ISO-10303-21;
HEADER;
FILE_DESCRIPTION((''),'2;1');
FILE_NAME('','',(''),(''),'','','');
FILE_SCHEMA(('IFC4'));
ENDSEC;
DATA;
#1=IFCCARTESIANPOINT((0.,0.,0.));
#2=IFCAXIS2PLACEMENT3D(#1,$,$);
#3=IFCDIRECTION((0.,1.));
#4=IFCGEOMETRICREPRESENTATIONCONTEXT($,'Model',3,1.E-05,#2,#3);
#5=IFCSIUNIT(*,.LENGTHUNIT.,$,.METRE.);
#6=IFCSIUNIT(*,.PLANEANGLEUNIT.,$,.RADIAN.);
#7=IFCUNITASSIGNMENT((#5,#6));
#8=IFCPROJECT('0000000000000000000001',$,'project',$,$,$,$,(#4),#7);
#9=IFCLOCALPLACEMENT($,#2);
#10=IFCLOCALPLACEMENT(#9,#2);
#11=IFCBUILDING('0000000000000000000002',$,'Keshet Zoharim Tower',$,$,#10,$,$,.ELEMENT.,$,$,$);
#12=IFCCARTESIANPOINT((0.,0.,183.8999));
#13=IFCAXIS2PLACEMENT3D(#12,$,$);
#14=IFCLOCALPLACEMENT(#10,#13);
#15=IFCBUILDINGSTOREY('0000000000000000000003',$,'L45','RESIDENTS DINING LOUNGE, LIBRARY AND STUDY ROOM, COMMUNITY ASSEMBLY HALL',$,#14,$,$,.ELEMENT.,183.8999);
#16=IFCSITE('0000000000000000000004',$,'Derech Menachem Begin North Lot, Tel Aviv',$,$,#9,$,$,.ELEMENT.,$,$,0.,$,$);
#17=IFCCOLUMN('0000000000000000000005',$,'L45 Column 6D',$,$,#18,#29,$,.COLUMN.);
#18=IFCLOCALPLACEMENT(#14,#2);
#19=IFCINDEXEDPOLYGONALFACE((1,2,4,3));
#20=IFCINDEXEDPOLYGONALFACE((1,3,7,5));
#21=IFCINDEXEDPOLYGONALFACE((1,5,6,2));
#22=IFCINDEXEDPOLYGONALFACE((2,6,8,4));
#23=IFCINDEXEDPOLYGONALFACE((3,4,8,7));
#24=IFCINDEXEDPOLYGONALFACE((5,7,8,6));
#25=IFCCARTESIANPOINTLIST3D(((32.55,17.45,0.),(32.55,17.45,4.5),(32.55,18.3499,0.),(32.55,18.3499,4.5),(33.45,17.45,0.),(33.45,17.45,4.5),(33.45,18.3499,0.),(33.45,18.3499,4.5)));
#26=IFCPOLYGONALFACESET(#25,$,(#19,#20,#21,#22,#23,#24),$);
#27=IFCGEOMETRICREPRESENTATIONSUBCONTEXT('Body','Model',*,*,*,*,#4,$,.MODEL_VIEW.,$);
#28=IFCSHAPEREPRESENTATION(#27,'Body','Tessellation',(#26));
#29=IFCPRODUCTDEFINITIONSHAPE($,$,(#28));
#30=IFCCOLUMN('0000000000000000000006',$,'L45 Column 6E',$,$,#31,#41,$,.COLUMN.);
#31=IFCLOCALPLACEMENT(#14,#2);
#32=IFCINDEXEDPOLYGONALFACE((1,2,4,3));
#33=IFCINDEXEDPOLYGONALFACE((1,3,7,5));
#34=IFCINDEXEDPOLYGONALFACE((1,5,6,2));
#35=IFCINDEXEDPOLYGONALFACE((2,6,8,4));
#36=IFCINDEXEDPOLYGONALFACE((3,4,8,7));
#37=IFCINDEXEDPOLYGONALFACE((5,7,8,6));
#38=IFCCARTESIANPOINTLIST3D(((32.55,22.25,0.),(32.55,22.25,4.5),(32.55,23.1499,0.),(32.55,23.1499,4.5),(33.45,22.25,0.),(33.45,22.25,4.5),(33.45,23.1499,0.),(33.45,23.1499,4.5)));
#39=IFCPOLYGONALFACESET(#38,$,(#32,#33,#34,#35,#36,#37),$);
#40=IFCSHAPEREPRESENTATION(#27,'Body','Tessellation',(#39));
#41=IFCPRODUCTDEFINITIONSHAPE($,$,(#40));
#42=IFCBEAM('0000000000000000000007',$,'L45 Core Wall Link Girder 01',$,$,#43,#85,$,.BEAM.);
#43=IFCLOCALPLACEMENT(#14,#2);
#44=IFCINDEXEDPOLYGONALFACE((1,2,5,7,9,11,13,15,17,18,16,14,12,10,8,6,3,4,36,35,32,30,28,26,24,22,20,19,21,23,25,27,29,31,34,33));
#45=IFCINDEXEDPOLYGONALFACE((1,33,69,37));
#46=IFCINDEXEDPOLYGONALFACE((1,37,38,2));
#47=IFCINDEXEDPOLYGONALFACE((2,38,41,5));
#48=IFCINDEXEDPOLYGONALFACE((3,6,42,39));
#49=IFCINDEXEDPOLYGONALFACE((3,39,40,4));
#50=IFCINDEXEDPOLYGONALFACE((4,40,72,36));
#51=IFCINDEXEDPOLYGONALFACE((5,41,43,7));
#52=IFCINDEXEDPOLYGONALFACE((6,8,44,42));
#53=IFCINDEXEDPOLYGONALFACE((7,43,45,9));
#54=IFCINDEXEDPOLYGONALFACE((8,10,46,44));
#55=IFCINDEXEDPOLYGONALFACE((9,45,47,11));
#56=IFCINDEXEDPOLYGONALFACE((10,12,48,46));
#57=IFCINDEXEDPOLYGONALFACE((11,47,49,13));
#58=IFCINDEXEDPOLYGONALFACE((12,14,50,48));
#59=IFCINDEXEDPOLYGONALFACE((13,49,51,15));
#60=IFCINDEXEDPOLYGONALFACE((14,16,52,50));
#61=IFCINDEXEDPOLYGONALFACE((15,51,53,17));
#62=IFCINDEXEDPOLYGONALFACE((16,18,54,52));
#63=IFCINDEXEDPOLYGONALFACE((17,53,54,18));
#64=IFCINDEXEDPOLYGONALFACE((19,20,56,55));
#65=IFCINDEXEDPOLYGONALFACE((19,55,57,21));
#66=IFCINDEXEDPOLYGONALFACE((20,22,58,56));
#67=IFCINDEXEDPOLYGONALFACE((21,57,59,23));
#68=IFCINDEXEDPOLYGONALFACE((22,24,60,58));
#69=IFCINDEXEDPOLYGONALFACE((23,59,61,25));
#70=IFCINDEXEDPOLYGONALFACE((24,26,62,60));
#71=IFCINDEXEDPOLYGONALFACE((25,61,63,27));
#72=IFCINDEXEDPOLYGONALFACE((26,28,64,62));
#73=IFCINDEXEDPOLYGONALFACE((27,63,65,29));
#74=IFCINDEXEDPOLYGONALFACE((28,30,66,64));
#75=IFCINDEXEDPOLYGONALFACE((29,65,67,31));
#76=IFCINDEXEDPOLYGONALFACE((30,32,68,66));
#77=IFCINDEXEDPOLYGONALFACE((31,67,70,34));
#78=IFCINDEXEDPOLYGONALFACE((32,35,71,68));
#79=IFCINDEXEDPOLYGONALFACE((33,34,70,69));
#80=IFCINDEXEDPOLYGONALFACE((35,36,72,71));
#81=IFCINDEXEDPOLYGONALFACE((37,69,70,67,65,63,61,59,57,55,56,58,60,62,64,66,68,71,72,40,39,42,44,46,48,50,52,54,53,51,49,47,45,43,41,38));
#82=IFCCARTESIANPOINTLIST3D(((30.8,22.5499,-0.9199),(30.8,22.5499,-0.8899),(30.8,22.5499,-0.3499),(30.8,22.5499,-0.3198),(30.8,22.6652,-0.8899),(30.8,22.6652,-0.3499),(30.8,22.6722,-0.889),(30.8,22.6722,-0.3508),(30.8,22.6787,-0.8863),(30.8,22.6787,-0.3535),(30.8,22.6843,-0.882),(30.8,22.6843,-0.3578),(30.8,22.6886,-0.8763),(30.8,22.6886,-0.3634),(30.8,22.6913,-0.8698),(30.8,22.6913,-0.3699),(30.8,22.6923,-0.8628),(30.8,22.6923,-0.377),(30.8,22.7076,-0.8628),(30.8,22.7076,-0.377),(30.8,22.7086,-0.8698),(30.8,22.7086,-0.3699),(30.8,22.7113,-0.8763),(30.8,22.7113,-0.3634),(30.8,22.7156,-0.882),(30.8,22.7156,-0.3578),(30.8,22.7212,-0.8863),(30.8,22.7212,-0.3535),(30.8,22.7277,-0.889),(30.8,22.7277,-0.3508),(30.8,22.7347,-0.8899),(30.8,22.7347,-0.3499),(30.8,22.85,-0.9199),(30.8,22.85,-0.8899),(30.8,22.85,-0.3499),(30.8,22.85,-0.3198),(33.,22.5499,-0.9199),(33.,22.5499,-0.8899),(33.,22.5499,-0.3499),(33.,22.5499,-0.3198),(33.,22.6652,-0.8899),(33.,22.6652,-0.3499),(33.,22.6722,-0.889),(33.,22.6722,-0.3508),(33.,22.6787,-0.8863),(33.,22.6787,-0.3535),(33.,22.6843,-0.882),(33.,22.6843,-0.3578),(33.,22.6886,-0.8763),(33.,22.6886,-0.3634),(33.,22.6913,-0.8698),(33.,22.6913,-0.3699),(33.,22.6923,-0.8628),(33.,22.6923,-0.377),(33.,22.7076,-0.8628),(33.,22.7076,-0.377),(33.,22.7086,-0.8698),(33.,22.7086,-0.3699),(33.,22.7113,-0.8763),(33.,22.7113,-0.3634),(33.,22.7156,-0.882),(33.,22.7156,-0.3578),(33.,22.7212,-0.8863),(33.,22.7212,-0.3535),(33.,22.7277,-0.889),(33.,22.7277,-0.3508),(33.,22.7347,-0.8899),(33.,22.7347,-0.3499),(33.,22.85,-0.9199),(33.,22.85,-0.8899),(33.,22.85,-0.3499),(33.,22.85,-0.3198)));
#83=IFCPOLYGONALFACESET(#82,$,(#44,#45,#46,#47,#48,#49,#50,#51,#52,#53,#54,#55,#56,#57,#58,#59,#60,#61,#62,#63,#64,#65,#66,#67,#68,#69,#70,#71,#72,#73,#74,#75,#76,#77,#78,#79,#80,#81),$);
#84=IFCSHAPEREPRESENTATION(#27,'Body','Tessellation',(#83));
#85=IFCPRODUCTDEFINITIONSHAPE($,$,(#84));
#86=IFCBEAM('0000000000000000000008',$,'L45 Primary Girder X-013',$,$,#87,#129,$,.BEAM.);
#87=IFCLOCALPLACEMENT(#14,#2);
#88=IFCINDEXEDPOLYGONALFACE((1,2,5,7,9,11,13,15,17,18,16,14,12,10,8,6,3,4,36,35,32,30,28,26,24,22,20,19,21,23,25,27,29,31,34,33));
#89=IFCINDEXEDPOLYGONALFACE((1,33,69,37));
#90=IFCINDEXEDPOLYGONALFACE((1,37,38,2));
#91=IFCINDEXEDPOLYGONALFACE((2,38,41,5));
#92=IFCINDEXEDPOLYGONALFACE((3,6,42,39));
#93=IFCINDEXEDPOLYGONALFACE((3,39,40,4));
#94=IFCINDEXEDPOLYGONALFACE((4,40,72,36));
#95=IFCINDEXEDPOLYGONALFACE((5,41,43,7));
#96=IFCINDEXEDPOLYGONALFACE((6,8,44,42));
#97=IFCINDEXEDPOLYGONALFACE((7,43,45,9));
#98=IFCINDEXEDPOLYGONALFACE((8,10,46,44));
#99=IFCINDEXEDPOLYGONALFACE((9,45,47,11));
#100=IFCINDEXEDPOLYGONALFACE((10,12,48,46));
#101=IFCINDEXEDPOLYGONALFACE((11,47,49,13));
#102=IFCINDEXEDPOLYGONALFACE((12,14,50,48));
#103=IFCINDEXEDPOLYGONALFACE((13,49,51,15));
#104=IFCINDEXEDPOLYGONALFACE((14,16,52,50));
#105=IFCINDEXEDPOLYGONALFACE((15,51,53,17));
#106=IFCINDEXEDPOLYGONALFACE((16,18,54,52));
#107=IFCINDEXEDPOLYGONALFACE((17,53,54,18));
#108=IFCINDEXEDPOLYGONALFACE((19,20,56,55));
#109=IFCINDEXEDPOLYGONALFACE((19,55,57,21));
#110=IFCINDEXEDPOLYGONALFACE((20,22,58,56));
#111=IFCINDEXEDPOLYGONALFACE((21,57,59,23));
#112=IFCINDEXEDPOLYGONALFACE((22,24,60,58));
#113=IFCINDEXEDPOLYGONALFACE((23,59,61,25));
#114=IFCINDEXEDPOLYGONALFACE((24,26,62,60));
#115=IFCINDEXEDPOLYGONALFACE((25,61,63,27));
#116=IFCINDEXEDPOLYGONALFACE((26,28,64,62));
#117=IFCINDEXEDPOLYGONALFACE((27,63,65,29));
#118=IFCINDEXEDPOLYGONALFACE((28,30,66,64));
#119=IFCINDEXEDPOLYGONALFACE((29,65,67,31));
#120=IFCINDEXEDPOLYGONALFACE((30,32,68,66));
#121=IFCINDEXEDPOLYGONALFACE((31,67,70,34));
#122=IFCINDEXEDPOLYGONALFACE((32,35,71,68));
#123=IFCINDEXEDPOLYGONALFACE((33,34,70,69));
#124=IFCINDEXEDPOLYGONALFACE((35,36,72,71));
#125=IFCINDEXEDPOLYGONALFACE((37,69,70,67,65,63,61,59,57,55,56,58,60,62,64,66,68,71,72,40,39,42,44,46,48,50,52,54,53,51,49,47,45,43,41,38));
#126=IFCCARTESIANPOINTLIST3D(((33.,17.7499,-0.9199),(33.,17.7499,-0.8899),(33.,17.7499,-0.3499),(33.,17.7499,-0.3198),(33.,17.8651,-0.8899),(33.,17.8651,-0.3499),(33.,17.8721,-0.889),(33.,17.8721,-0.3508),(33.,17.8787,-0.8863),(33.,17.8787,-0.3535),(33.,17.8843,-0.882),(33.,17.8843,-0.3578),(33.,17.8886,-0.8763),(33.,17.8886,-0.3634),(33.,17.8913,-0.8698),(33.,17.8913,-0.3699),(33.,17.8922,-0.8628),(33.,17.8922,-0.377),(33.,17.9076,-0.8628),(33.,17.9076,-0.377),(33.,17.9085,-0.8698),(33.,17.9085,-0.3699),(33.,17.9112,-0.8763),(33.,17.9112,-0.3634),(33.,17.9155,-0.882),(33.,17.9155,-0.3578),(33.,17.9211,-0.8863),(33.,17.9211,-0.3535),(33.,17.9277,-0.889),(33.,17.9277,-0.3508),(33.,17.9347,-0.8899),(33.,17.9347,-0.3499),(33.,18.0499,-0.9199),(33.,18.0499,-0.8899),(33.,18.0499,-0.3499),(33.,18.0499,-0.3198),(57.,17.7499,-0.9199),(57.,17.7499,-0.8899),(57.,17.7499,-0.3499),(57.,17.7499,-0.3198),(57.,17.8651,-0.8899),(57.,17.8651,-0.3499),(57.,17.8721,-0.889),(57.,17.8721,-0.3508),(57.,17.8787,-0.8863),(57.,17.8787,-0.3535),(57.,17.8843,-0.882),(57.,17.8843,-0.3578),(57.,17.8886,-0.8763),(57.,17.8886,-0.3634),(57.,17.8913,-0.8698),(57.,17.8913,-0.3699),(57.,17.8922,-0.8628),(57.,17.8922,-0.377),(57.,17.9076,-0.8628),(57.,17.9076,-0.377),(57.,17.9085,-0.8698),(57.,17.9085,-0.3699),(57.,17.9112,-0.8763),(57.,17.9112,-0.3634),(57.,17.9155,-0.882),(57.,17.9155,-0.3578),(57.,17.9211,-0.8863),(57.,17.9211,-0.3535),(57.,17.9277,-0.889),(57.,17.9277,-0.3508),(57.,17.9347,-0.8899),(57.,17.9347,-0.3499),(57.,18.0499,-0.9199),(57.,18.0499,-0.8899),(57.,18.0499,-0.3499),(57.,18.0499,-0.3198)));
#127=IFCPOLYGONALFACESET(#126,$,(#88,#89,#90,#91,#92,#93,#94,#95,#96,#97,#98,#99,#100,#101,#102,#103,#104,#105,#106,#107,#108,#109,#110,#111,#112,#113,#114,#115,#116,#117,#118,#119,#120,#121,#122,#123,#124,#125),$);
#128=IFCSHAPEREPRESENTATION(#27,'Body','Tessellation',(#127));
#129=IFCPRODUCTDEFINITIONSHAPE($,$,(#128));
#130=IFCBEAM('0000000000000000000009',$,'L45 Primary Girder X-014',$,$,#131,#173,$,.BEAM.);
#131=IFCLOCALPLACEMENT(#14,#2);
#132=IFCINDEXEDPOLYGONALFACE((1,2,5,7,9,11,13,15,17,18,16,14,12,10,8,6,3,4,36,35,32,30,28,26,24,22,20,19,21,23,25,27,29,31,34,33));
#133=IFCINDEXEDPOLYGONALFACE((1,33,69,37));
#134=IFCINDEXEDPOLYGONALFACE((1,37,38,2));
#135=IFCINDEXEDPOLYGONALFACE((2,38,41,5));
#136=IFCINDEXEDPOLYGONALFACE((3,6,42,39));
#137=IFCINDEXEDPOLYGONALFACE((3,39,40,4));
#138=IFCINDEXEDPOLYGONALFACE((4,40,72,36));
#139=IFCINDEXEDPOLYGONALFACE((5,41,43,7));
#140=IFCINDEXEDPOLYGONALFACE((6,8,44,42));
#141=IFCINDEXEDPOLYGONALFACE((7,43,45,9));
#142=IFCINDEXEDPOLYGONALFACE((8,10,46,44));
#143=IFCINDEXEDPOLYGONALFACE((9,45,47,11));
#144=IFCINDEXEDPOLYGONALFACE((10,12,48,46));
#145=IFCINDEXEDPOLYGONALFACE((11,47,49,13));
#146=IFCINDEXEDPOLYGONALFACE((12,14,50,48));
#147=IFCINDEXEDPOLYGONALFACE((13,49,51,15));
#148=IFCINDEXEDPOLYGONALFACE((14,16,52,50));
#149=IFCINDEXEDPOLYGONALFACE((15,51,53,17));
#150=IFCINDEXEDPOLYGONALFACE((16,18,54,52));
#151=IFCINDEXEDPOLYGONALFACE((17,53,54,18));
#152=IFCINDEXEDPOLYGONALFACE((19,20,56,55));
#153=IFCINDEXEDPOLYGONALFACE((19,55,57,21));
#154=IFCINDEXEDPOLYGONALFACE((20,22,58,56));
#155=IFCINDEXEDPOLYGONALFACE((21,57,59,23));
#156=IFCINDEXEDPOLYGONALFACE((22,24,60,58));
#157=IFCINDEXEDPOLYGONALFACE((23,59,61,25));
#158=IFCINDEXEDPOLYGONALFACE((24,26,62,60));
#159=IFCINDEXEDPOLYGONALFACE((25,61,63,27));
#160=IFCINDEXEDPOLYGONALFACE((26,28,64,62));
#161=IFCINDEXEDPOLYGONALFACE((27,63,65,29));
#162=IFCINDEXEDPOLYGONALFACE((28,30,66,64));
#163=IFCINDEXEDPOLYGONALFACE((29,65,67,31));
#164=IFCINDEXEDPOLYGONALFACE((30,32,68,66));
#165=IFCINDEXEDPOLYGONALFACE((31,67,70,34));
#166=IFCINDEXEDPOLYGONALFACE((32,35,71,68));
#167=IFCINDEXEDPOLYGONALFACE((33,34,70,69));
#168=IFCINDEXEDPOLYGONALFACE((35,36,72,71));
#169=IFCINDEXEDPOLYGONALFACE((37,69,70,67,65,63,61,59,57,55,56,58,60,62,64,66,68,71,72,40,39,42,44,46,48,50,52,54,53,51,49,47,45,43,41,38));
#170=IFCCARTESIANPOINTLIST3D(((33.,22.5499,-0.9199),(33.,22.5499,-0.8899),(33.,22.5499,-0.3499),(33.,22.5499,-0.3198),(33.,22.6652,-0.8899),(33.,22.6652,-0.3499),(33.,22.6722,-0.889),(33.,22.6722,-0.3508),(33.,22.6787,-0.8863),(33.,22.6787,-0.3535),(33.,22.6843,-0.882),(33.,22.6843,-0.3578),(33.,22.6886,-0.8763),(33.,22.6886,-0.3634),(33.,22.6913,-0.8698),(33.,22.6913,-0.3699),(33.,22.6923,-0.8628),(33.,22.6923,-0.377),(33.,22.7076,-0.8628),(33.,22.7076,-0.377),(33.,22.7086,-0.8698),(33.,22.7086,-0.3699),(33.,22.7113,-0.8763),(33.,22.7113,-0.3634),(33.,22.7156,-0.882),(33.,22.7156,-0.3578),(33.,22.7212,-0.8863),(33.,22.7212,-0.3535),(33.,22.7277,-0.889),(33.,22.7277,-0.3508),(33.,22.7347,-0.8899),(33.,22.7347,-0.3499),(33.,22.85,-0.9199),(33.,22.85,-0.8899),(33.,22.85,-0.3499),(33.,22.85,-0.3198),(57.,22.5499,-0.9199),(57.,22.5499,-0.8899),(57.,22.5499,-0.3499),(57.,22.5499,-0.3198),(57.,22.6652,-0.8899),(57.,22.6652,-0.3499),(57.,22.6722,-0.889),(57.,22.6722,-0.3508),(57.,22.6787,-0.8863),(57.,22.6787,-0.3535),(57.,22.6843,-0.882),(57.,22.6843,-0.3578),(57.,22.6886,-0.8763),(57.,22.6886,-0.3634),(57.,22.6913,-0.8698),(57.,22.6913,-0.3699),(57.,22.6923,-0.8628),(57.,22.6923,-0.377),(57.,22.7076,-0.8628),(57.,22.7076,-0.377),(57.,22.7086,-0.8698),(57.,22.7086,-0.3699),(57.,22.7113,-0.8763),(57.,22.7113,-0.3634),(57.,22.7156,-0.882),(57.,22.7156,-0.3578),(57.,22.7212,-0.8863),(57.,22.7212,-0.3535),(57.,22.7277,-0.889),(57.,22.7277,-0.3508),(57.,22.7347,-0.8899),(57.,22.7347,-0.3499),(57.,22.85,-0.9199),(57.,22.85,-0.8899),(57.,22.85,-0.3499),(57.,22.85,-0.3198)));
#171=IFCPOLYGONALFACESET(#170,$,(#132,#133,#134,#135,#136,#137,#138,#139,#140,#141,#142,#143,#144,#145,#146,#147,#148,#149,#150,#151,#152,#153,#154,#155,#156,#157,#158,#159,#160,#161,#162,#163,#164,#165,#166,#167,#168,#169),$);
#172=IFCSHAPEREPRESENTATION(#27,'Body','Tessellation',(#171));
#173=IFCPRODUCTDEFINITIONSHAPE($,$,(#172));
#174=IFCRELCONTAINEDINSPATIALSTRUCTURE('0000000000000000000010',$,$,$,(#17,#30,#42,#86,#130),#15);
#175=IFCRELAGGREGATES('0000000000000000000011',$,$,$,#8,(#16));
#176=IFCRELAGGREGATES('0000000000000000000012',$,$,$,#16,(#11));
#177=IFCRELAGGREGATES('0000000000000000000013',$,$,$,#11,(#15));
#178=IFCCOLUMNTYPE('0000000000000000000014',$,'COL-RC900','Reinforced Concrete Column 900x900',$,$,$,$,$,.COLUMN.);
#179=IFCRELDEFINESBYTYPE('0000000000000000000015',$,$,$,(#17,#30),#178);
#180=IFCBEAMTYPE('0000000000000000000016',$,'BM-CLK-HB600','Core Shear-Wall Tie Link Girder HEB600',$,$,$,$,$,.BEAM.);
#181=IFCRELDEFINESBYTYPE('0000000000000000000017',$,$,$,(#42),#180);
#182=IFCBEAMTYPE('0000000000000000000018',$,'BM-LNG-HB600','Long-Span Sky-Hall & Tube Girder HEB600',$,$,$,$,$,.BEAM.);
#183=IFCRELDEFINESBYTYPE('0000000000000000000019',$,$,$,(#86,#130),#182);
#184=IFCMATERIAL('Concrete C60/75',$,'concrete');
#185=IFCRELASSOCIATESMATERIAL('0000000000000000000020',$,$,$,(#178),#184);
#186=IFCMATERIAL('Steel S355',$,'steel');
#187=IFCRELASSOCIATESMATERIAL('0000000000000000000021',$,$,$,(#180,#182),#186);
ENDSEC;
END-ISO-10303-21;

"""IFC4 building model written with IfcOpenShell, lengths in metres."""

from ifc_helpers import new_model, si_unit, direction, frame, origin, origin_2d, place, context, subcontext, project, spatial, rectangle, i_section, extrude, material, material_profile, profile_set, type_object, element, save


model = new_model("IFC4")

# Units and contexts
model_context = context("Model", 3, precision=1e-05, world=origin(), true_north=direction((0.0, 1.0)))
body_context = subcontext(model_context, "Body", "Model", "MODEL_VIEW")
ifc_project = project(units=[si_unit("LENGTHUNIT", "METRE"), si_unit("PLANEANGLEUNIT", "RADIAN")], contexts=[model_context])

# Site, building, storey
site_placement = place(None, origin())
site = spatial("IfcSite", under=ifc_project, at=site_placement, Name="Derech Menachem Begin North Lot, Tel Aviv", CompositionType="ELEMENT", RefElevation=0.0)
building_placement = place(site_placement, origin())
building = spatial("IfcBuilding", under=site, at=building_placement, Name="Keshet Zoharim Tower", CompositionType="ELEMENT")
storey_placement = place(building_placement, frame((0.0, 0.0, 183.8999)))
storey = spatial("IfcBuildingStorey", under=building, at=storey_placement, Name="L45", Description="RESIDENTS DINING LOUNGE, LIBRARY AND STUDY ROOM, COMMUNITY ASSEMBLY HALL", CompositionType="ELEMENT", Elevation=183.8999)

# Columns
ifc_material_1 = material(Name="Concrete C60/75", Category="concrete")
ifc_material_profile_1 = material_profile(ifc_material_1, rectangle(XDim=0.8999, YDim=0.8999, at=origin_2d()), Name="RC900x900")
ifc_profile_set_1 = profile_set([ifc_material_profile_1], Name="Concrete C60/75")
column_type = type_object("IfcColumnType", Name="COL-RC900", Description="Reinforced Concrete Column 900x900", PredefinedType="COLUMN", material=ifc_profile_set_1)
for number, where, z_axis, x_axis, name in (
    (1, (33.0, 17.8999, 0.0), (0.0, 0.0, 1.0), (1.0, 0.0, 0.0), "L45 Column 6D"),
    (2, (33.0, 22.7, 0.0), (0.0, 0.0, 1.0), (1.0, 0.0, 0.0), "L45 Column 6E"),
):
    element("IfcColumn", number, at=place(storey_placement, frame(where, z_axis=z_axis, x_axis=x_axis)), inside=storey, type_object=column_type, Name=name, PredefinedType="COLUMN", context=body_context, shape_type="SweptSolid", body=[
        extrude(rectangle(XDim=0.8999, YDim=0.8999, at=origin_2d()), origin(), (0.0, 0.0, 1.0), 4.5),
    ])

# Beams
ifc_material_2 = material(Name="Steel S355", Category="steel")
ifc_material_profile_2 = material_profile(ifc_material_2, i_section(OverallWidth=0.3, OverallDepth=0.6001, WebThickness=0.0154, FlangeThickness=0.03, FilletRadius=0.0271, at=origin_2d()), Name="HEB600")
ifc_profile_set_2 = profile_set([ifc_material_profile_2], Name="Steel S355")
beam_type_1 = type_object("IfcBeamType", Name="BM-CLK-HB600", Description="Core Shear-Wall Tie Link Girder HEB600", PredefinedType="BEAM", material=ifc_profile_set_2)
beam_1_placement = place(storey_placement, frame((30.8, 22.7, -0.6199), z_axis=(1.0, 0.0, 0.0), x_axis=(0.0, 1.0, 0.0)))
element("IfcBeam", 3, at=beam_1_placement, inside=storey, type_object=beam_type_1, Name="L45 Core Wall Link Girder 01", PredefinedType="BEAM", context=body_context, shape_type="SweptSolid", body=[
    extrude(i_section(OverallWidth=0.3, OverallDepth=0.6001, WebThickness=0.0154, FlangeThickness=0.03, FilletRadius=0.0271, at=origin_2d()), origin(), (0.0, 0.0, 1.0), 2.2),
])
ifc_material_profile_3 = material_profile(ifc_material_2, i_section(OverallWidth=0.3, OverallDepth=0.6001, WebThickness=0.0154, FlangeThickness=0.03, FilletRadius=0.0271, at=origin_2d()), Name="HEB600")
ifc_profile_set_3 = profile_set([ifc_material_profile_3], Name="Steel S355")
beam_type_2 = type_object("IfcBeamType", Name="BM-LNG-HB600", Description="Long-Span Sky-Hall & Tube Girder HEB600", PredefinedType="BEAM", material=ifc_profile_set_3)
for number, where, z_axis, x_axis, name in (
    (4, (33.0, 17.8999, -0.6199), (1.0, 0.0, 0.0), (0.0, 1.0, 0.0), "L45 Primary Girder X-013"),
    (5, (33.0, 22.7, -0.6199), (1.0, 0.0, 0.0), (0.0, 1.0, 0.0), "L45 Primary Girder X-014"),
):
    element("IfcBeam", number, at=place(storey_placement, frame(where, z_axis=z_axis, x_axis=x_axis)), inside=storey, type_object=beam_type_2, Name=name, PredefinedType="BEAM", context=body_context, shape_type="SweptSolid", body=[
        extrude(i_section(OverallWidth=0.3, OverallDepth=0.6001, WebThickness=0.0154, FlangeThickness=0.03, FilletRadius=0.0271, at=origin_2d()), origin(), (0.0, 0.0, 1.0), 24.0),
    ])

save(model, "model.ifc")
